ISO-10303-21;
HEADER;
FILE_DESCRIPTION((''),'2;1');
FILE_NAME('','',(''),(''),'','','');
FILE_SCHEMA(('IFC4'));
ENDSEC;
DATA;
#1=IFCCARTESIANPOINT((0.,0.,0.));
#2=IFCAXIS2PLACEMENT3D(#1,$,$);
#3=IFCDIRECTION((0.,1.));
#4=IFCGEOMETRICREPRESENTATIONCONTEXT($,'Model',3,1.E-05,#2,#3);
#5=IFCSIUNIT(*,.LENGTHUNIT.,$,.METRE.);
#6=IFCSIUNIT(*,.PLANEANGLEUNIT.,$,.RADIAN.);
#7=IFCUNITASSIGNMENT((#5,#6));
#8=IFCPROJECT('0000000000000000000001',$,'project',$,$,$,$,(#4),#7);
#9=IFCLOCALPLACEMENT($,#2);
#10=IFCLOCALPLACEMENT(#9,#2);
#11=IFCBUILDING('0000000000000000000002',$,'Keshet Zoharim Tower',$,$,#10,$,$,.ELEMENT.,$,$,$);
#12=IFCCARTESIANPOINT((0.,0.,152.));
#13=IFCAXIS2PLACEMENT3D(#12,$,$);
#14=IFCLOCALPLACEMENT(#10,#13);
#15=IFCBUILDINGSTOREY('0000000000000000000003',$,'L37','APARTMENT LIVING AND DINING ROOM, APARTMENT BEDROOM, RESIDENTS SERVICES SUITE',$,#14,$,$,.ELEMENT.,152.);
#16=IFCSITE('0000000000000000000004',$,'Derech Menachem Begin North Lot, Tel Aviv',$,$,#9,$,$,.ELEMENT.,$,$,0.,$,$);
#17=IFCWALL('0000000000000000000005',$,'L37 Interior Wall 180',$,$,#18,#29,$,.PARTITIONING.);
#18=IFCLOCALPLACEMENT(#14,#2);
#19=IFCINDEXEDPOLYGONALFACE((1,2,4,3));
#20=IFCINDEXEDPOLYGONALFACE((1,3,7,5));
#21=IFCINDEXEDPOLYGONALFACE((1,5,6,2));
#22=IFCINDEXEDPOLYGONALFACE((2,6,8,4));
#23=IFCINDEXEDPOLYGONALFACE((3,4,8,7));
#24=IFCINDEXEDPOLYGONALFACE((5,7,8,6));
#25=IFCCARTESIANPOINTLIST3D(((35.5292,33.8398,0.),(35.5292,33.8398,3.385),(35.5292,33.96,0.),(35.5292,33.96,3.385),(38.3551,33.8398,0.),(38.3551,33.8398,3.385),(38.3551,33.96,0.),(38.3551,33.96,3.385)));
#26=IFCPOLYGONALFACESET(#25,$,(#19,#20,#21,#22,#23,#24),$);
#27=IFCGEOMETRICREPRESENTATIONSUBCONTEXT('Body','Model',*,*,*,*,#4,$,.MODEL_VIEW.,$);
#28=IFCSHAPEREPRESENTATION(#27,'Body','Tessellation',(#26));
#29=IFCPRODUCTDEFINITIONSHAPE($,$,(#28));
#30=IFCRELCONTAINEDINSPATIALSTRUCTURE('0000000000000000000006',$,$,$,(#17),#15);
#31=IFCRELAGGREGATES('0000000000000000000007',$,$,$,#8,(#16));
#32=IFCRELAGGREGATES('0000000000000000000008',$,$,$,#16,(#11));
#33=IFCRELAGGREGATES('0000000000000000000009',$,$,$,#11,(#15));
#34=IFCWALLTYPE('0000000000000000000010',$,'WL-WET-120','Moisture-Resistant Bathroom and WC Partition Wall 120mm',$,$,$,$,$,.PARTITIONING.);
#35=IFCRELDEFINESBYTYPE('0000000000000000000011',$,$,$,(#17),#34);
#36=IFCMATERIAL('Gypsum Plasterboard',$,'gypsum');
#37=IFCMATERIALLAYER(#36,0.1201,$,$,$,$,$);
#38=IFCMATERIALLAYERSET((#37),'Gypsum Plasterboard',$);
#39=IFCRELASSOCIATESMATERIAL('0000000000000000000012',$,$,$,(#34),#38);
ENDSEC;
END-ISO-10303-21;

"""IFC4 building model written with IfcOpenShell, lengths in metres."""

from ifc_helpers import new_model, si_unit, direction, frame, frame_2d, origin, place, context, subcontext, project, spatial, rectangle, extrude, material, layer, layer_set, type_object, element, save


model = new_model("IFC4")

# Units and contexts
model_context = context("Model", 3, precision=1e-05, world=origin(), true_north=direction((0.0, 1.0)))
body_context = subcontext(model_context, "Body", "Model", "MODEL_VIEW")
ifc_project = project(units=[si_unit("LENGTHUNIT", "METRE"), si_unit("PLANEANGLEUNIT", "RADIAN")], contexts=[model_context])

# Site, building, storey
site_placement = place(None, origin())
site = spatial("IfcSite", under=ifc_project, at=site_placement, Name="Derech Menachem Begin North Lot, Tel Aviv", CompositionType="ELEMENT", RefElevation=0.0)
building_placement = place(site_placement, origin())
building = spatial("IfcBuilding", under=site, at=building_placement, Name="Keshet Zoharim Tower", CompositionType="ELEMENT")
storey_placement = place(building_placement, frame((0.0, 0.0, 152.0)))
storey = spatial("IfcBuildingStorey", under=building, at=storey_placement, Name="L37", Description="APARTMENT LIVING AND DINING ROOM, APARTMENT BEDROOM, RESIDENTS SERVICES SUITE", CompositionType="ELEMENT", Elevation=152.0)

# Shared definitions
ifc_material_1 = material(Name="Gypsum Plasterboard", Category="gypsum")

# Wall
ifc_layer_1 = layer(ifc_material_1, 0.1201)
ifc_layer_set_1 = layer_set([ifc_layer_1], Name="Gypsum Plasterboard")
wall_type_1 = type_object("IfcWallType", Name="WL-WET-120", Description="Moisture-Resistant Bathroom and WC Partition Wall 120mm", PredefinedType="PARTITIONING", material=ifc_layer_set_1)
wall_1_placement = place(storey_placement, frame((35.5291, 33.8999, 0.0), z_axis=(0.0, 0.0, 1.0), x_axis=(1.0, 0.0, 0.0)))
element("IfcWall", 1, at=wall_1_placement, inside=storey, type_object=wall_type_1, Name="L37 Interior Wall 180", PredefinedType="PARTITIONING", context=body_context, shape_type="SweptSolid", body=[
    extrude(rectangle(XDim=2.8259, YDim=0.1201, at=frame_2d((1.4131, 0.0))), origin(), (0.0, 0.0, 1.0), 3.385),
])

save(model, "model.ifc")
